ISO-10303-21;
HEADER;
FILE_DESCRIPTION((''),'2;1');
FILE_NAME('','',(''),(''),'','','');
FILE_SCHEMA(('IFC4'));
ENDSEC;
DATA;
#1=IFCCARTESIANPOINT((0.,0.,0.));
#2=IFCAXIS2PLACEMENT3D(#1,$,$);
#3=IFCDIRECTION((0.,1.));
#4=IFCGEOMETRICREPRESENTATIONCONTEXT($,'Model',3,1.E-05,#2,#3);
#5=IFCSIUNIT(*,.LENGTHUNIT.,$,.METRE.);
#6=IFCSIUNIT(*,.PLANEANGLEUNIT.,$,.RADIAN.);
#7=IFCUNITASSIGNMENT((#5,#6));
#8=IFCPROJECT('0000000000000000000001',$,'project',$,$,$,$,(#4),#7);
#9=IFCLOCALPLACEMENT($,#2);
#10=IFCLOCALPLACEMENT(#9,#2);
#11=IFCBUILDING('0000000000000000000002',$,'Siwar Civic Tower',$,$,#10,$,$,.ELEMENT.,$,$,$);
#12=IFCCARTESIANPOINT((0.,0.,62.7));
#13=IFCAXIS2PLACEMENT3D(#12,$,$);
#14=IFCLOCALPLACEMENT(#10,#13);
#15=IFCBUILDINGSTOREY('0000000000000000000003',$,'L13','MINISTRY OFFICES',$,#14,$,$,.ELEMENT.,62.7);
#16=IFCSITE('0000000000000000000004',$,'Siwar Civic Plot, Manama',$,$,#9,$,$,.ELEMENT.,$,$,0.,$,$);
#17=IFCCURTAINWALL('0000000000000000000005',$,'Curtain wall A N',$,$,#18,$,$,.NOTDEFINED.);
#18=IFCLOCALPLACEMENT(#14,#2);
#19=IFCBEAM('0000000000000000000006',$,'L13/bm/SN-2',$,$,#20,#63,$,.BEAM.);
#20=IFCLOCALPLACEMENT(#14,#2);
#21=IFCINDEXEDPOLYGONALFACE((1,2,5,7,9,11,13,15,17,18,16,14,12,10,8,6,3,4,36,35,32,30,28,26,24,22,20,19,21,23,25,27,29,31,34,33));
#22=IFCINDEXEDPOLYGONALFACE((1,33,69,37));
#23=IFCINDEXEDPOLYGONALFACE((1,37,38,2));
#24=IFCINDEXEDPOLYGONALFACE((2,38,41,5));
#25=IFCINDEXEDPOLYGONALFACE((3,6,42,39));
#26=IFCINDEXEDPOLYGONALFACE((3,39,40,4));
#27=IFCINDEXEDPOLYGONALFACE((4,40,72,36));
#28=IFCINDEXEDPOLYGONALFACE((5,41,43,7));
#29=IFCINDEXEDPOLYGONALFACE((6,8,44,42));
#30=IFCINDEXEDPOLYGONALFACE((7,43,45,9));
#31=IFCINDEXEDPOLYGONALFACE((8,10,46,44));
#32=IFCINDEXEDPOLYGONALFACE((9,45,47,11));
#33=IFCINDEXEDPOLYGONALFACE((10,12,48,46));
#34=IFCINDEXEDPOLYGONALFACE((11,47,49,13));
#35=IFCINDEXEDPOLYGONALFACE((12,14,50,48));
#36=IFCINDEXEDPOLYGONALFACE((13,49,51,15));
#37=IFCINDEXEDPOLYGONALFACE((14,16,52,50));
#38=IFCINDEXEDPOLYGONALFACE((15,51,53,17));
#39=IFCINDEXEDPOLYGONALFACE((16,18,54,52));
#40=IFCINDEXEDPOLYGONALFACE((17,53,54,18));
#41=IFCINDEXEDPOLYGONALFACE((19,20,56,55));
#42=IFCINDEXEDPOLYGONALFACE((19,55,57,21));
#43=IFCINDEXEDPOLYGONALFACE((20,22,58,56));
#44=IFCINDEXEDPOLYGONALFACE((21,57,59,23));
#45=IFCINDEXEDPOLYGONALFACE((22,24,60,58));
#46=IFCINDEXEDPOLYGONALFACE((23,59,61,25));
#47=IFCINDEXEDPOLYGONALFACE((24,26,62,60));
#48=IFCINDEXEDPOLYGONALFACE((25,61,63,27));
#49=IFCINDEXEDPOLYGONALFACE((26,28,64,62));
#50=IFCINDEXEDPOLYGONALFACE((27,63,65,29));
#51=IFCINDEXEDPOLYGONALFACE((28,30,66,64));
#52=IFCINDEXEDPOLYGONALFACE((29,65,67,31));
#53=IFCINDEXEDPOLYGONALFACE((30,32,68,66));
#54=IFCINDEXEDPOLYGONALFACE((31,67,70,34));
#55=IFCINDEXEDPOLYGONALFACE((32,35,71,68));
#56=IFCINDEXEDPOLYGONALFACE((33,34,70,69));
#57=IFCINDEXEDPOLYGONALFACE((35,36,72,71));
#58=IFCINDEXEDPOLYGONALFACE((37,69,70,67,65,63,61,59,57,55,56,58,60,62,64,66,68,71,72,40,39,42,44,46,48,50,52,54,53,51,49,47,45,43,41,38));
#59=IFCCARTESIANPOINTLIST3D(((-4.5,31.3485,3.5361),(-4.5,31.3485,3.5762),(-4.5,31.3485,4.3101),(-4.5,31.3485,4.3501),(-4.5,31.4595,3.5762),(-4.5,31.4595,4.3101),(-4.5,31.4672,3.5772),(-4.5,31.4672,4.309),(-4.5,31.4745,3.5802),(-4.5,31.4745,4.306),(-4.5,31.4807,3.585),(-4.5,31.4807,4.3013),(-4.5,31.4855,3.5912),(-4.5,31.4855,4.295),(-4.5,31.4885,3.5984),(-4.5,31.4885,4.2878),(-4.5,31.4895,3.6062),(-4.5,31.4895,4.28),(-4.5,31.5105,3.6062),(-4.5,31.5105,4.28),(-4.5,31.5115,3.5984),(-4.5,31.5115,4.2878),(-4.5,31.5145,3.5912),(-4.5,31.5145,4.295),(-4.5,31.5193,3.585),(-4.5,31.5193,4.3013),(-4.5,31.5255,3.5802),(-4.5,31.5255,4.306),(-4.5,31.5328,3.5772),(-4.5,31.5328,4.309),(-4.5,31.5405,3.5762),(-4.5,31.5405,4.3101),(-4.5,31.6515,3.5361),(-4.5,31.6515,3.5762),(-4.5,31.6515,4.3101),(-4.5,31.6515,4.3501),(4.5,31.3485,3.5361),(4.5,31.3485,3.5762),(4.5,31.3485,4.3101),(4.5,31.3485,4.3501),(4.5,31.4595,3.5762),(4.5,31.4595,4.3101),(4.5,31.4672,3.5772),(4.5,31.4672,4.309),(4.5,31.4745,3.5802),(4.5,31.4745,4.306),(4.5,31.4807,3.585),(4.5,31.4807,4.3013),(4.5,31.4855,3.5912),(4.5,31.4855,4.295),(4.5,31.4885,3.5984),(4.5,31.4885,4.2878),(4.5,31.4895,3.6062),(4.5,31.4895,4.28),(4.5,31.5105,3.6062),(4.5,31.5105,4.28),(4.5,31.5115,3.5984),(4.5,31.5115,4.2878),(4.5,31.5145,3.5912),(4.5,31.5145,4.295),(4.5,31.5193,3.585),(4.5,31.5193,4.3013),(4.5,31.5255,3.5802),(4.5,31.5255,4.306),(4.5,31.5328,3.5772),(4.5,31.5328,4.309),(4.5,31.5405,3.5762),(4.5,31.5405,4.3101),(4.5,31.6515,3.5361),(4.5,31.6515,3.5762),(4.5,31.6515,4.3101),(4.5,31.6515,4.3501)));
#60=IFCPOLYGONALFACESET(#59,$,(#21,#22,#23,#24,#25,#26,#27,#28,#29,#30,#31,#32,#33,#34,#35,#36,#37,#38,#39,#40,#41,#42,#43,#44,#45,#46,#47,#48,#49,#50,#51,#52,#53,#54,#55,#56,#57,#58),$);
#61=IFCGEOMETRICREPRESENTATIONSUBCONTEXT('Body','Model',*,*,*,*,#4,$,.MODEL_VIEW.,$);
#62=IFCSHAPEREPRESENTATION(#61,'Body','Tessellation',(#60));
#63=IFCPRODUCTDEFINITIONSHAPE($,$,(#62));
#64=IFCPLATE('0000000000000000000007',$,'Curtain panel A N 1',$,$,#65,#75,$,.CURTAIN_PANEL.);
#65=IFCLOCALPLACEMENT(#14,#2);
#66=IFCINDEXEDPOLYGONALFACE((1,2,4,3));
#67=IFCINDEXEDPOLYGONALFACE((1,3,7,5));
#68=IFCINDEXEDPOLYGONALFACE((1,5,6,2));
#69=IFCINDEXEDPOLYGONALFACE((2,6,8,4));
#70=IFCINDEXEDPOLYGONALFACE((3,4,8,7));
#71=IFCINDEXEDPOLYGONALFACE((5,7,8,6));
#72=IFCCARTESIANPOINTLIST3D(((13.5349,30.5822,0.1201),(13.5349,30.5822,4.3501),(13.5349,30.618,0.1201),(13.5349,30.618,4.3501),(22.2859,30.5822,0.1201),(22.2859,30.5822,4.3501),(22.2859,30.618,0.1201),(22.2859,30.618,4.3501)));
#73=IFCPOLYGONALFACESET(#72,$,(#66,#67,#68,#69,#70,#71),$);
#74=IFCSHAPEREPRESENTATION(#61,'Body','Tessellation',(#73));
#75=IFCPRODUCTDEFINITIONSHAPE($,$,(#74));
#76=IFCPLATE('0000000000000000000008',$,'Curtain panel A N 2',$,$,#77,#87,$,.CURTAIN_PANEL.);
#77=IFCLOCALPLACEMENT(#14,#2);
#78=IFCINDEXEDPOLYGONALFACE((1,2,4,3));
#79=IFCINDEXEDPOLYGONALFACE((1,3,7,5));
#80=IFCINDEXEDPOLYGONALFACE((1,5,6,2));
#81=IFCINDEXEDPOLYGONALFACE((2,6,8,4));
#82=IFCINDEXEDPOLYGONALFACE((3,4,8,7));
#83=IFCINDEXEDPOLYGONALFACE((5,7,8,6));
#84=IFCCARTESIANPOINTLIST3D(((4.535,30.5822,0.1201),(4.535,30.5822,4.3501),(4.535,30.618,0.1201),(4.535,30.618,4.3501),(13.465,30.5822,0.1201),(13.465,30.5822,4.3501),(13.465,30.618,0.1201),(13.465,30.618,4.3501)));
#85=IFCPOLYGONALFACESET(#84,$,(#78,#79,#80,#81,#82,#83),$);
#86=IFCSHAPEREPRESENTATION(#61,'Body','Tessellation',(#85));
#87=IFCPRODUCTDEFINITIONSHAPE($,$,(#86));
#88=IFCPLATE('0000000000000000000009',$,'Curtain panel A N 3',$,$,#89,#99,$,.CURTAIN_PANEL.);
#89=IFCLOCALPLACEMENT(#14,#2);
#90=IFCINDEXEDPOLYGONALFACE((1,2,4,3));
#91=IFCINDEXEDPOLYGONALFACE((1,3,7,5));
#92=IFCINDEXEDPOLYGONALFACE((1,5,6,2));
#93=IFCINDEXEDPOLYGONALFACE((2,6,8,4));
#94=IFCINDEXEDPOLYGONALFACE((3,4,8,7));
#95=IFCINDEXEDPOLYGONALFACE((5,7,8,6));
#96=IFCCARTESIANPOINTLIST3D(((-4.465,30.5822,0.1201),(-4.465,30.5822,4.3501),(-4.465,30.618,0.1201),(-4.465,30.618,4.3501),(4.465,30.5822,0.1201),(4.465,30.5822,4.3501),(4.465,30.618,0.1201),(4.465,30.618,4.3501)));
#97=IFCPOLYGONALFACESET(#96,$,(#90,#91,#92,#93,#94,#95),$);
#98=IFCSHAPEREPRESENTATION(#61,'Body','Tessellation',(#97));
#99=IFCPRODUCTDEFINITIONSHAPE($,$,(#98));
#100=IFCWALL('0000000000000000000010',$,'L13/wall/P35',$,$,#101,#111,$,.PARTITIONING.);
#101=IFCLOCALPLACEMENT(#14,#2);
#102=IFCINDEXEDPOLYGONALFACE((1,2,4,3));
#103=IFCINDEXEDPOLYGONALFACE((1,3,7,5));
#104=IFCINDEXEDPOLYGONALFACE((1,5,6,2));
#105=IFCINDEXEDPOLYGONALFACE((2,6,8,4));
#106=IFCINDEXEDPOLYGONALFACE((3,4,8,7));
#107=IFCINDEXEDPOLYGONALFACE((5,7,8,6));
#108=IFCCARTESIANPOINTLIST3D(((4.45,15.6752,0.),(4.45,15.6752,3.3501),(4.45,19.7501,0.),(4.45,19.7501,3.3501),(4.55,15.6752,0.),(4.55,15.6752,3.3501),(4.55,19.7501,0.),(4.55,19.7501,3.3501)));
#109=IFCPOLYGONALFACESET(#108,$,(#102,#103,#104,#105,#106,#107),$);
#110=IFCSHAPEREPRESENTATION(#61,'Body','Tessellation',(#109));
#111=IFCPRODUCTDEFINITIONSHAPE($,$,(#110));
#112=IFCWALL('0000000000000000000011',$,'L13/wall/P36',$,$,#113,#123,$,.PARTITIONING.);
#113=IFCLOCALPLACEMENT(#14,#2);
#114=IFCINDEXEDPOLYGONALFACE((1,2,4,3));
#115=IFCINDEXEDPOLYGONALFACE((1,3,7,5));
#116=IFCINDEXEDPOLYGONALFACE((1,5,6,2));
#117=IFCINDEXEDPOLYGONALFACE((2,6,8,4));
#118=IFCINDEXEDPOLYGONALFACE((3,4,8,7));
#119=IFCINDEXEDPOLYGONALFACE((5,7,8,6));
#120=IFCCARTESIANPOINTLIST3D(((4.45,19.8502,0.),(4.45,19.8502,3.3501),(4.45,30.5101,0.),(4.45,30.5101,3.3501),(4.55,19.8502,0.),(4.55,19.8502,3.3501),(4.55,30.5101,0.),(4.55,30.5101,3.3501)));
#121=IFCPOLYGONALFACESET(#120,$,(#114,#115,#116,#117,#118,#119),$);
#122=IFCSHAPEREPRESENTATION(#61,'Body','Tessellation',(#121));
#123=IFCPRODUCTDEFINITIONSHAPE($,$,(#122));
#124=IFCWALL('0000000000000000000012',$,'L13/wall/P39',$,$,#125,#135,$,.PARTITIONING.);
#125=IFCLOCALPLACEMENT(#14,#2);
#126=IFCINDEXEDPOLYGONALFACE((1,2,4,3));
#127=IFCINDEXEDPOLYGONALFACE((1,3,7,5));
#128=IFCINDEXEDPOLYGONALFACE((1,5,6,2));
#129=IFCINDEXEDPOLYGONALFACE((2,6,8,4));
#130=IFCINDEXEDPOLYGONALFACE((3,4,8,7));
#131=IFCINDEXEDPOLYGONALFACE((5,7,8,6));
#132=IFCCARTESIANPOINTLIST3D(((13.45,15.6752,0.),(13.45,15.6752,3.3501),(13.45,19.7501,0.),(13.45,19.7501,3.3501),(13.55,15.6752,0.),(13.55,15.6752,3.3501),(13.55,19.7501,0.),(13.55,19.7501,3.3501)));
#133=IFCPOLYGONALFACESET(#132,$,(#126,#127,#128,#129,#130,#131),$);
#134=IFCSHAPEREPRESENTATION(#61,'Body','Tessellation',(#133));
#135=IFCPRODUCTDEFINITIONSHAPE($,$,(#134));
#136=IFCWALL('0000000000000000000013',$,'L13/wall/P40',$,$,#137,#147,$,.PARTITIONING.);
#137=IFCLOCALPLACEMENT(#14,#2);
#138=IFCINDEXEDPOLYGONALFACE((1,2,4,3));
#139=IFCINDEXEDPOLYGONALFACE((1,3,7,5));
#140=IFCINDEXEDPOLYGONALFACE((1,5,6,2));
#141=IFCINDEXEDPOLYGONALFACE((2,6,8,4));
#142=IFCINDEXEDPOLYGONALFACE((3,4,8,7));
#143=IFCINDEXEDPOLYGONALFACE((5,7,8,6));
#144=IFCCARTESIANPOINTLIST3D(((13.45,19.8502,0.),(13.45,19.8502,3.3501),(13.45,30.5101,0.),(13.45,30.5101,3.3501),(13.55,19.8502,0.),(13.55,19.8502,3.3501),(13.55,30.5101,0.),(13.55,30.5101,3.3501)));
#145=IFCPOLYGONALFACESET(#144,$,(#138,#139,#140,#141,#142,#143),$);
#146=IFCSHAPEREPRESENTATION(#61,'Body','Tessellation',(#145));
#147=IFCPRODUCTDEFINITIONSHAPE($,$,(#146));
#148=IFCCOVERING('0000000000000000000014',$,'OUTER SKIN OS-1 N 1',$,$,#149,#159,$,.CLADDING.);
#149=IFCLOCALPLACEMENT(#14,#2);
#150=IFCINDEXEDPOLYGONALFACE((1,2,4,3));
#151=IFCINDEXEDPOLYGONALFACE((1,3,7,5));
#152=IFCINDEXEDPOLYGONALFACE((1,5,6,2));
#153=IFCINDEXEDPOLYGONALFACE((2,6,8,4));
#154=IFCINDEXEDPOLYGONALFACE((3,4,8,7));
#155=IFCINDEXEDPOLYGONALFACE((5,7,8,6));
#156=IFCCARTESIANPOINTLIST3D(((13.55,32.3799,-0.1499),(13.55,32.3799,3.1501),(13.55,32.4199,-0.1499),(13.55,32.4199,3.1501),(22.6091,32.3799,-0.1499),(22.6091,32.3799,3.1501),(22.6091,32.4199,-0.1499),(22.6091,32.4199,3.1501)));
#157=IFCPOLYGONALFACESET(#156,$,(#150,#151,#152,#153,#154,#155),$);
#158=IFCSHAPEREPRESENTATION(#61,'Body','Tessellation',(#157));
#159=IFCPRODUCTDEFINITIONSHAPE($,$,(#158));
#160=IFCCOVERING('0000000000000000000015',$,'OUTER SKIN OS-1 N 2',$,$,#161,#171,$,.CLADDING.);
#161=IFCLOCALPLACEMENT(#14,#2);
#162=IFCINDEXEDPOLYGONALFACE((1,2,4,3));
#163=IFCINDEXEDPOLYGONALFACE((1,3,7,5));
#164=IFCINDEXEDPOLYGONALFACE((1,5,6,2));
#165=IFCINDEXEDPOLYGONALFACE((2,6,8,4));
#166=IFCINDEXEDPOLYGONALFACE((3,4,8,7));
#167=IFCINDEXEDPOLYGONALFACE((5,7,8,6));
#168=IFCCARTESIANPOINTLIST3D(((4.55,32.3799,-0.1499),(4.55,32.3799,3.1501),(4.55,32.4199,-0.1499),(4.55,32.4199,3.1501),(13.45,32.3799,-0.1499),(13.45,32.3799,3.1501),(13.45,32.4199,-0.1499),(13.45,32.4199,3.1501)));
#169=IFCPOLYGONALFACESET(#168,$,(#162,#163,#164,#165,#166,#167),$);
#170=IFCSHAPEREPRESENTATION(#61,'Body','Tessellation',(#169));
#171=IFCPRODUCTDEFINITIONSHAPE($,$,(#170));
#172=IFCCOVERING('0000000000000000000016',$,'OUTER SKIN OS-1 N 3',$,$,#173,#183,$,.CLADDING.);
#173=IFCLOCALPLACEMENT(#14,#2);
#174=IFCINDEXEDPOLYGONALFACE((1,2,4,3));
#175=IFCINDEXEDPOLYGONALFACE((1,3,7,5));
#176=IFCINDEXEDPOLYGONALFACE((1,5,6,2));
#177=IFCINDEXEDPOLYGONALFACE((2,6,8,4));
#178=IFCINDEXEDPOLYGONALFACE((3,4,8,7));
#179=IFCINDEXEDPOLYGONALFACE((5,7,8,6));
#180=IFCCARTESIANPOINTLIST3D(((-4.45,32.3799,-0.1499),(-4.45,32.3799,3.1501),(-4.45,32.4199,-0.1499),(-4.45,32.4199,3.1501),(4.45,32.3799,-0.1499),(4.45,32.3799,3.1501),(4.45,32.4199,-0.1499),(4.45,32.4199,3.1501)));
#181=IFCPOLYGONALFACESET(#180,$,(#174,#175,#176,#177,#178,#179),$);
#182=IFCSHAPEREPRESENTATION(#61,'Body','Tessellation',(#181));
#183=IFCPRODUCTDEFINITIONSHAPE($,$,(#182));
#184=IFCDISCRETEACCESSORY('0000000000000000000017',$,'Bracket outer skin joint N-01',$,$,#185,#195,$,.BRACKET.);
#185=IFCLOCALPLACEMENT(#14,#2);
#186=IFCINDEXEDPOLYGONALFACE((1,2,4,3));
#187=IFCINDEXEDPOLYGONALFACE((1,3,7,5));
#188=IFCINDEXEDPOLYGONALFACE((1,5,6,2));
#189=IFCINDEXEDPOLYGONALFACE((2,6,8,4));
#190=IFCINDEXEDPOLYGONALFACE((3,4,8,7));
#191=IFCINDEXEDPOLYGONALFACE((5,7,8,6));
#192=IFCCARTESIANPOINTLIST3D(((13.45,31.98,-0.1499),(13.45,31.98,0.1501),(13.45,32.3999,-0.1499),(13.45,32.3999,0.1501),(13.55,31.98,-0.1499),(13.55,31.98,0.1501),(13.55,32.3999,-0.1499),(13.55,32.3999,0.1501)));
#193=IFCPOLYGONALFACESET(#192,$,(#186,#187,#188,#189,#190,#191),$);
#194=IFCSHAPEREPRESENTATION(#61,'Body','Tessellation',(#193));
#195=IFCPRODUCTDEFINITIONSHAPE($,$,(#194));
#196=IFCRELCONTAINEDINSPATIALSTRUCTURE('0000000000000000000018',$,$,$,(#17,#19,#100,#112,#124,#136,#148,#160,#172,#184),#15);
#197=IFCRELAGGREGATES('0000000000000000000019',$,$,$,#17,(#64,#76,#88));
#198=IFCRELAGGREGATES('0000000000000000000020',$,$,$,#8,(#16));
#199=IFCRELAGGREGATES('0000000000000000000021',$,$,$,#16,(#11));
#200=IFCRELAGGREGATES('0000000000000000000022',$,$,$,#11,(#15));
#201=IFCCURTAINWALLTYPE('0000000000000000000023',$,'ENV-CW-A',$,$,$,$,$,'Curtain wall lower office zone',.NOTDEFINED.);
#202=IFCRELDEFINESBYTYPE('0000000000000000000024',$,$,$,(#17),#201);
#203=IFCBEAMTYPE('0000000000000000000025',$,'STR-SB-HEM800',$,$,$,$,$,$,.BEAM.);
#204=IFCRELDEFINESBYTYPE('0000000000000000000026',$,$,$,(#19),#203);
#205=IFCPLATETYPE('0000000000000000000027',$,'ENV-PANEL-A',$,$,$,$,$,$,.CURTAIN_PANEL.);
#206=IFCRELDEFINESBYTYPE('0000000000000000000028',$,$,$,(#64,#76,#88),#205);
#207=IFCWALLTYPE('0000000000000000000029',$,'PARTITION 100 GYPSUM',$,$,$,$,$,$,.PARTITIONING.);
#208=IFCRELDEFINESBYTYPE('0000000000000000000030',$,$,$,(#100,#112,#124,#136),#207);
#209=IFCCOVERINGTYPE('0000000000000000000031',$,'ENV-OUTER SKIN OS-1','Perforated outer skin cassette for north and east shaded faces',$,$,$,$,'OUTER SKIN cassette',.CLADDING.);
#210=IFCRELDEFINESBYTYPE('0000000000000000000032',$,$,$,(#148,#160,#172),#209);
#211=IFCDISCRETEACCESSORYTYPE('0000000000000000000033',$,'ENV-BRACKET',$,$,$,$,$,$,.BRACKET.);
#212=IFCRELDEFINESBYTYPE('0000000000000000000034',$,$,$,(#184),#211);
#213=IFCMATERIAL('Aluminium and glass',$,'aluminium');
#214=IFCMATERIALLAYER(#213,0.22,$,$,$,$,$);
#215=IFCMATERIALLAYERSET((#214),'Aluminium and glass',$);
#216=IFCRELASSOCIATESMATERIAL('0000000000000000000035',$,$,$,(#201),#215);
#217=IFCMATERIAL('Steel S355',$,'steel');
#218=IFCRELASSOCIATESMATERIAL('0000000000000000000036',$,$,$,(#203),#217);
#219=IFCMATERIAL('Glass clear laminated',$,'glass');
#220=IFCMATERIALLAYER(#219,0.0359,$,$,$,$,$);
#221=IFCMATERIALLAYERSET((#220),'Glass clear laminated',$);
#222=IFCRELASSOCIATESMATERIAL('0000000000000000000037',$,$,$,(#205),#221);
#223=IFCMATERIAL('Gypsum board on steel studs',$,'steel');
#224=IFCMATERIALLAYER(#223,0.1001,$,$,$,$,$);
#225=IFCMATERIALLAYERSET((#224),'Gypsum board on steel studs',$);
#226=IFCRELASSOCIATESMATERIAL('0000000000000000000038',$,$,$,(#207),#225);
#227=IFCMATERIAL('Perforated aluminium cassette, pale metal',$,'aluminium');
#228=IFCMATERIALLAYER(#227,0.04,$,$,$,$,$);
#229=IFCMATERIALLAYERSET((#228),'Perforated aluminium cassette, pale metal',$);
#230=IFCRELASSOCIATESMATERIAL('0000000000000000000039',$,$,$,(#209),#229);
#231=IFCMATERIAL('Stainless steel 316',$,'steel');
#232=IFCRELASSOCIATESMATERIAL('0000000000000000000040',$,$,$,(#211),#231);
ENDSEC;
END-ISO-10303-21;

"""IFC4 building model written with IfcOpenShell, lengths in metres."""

from ifc_helpers import new_model, si_unit, direction, frame, frame_2d, origin, origin_2d, place, context, subcontext, project, spatial, rectangle, i_section, extrude, material, layer, layer_set, material_profile, profile_set, type_object, element, aggregate, save


model = new_model("IFC4")

# Units and contexts
model_context = context("Model", 3, precision=1e-05, world=origin(), true_north=direction((0.0, 1.0)))
body_context = subcontext(model_context, "Body", "Model", "MODEL_VIEW")
ifc_project = project(units=[si_unit("LENGTHUNIT", "METRE"), si_unit("PLANEANGLEUNIT", "RADIAN")], contexts=[model_context])

# Site, building, storey
site_placement = place(None, origin())
site = spatial("IfcSite", under=ifc_project, at=site_placement, Name="Siwar Civic Plot, Manama", CompositionType="ELEMENT", RefElevation=0.0)
building_placement = place(site_placement, origin())
building = spatial("IfcBuilding", under=site, at=building_placement, Name="Siwar Civic Tower", CompositionType="ELEMENT")
storey_placement = place(building_placement, frame((0.0, 0.0, 62.7)))
storey = spatial("IfcBuildingStorey", under=building, at=storey_placement, Name="L13", Description="MINISTRY OFFICES", CompositionType="ELEMENT", Elevation=62.7)

# Curtain wall
ifc_material_1 = material(Name="Aluminium and glass", Category="aluminium")
ifc_layer_1 = layer(ifc_material_1, 0.22)
ifc_layer_set_1 = layer_set([ifc_layer_1], Name="Aluminium and glass")
curtain_wall_type = type_object("IfcCurtainWallType", Name="ENV-CW-A", ElementType="Curtain wall lower office zone", PredefinedType="NOTDEFINED", material=ifc_layer_set_1)
curtain_wall_placement = place(storey_placement, origin())
curtain_wall = element("IfcCurtainWall", 1, at=curtain_wall_placement, inside=storey, type_object=curtain_wall_type, Name="Curtain wall A N", PredefinedType="NOTDEFINED")

# Beam
ifc_material_2 = material(Name="Steel S355", Category="steel")
ifc_material_profile_1 = material_profile(ifc_material_2, i_section(OverallWidth=0.303, OverallDepth=0.814, WebThickness=0.021, FlangeThickness=0.04, FilletRadius=0.03, at=origin_2d()), Name="HEM800")
ifc_profile_set_1 = profile_set([ifc_material_profile_1], Name="Steel S355")
beam_type_1 = type_object("IfcBeamType", Name="STR-SB-HEM800", PredefinedType="BEAM", material=ifc_profile_set_1)
for number, where, z_axis, x_axis, name in (
    (2, (4.5, 31.5, 3.9431), (-1.0, 0.0, 0.0), (0.0, -1.0, 0.0), "L13/bm/SN-2"),
):
    element("IfcBeam", number, at=place(storey_placement, frame(where, z_axis=z_axis, x_axis=x_axis)), inside=storey, type_object=beam_type_1, Name=name, PredefinedType="BEAM", context=body_context, shape_type="SweptSolid", body=[
        extrude(i_section(OverallWidth=0.303, OverallDepth=0.814, WebThickness=0.021, FlangeThickness=0.04, FilletRadius=0.03, at=origin_2d()), origin(), (0.0, 0.0, 1.0), 9.0),
    ])

# Plates
ifc_material_3 = material(Name="Glass clear laminated", Category="glass")
ifc_layer_2 = layer(ifc_material_3, 0.0359)
ifc_layer_set_2 = layer_set([ifc_layer_2], Name="Glass clear laminated")
plate_type = type_object("IfcPlateType", Name="ENV-PANEL-A", PredefinedType="CURTAIN_PANEL", material=ifc_layer_set_2)
plate_1_placement = place(storey_placement, frame((17.9104, 30.6001, 0.1201), z_axis=(0.0, 0.0, 1.0), x_axis=(-1.0, 0.0, 0.0)))
plate_1 = element("IfcPlate", 3, at=plate_1_placement, type_object=plate_type, Name="Curtain panel A N 1", PredefinedType="CURTAIN_PANEL", context=body_context, shape_type="SweptSolid", body=[
    extrude(rectangle(XDim=8.751, YDim=0.0359, at=origin_2d()), origin(), (0.0, 0.0, 1.0), 4.23),
])
plate_2_placement = place(storey_placement, frame((9.0, 30.6001, 0.1201), z_axis=(0.0, 0.0, 1.0), x_axis=(-1.0, 0.0, 0.0)))
plate_2 = element("IfcPlate", 4, at=plate_2_placement, type_object=plate_type, Name="Curtain panel A N 2", PredefinedType="CURTAIN_PANEL", context=body_context, shape_type="SweptSolid", body=[
    extrude(rectangle(XDim=8.9299, YDim=0.0359, at=origin_2d()), origin(), (0.0, 0.0, 1.0), 4.23),
])
plate_3_placement = place(storey_placement, frame((0.0, 30.6001, 0.1201), z_axis=(0.0, 0.0, 1.0), x_axis=(-1.0, 0.0, 0.0)))
plate_3 = element("IfcPlate", 5, at=plate_3_placement, type_object=plate_type, Name="Curtain panel A N 3", PredefinedType="CURTAIN_PANEL", context=body_context, shape_type="SweptSolid", body=[
    extrude(rectangle(XDim=8.9299, YDim=0.0359, at=origin_2d()), origin(), (0.0, 0.0, 1.0), 4.23),
])
aggregate(curtain_wall, [plate_1, plate_2, plate_3])

# Walls
ifc_material_4 = material(Name="Gypsum board on steel studs", Category="steel")
ifc_layer_3 = layer(ifc_material_4, 0.1001)
ifc_layer_set_3 = layer_set([ifc_layer_3], Name="Gypsum board on steel studs")
wall_type = type_object("IfcWallType", Name="PARTITION 100 GYPSUM", PredefinedType="PARTITIONING", material=ifc_layer_set_3)
wall_1_placement = place(storey_placement, frame((4.5, 15.675, 0.0), z_axis=(0.0, 0.0, 1.0), x_axis=(0.0, 1.0, 0.0)))
element("IfcWall", 6, at=wall_1_placement, inside=storey, type_object=wall_type, Name="L13/wall/P35", PredefinedType="PARTITIONING", context=body_context, shape_type="SweptSolid", body=[
    extrude(rectangle(XDim=4.075, YDim=0.1001, at=frame_2d((2.0376, 0.0))), origin(), (0.0, 0.0, 1.0), 3.3501),
])
wall_2_placement = place(storey_placement, frame((4.5, 19.8501, 0.0), z_axis=(0.0, 0.0, 1.0), x_axis=(0.0, 1.0, 0.0)))
element("IfcWall", 7, at=wall_2_placement, inside=storey, type_object=wall_type, Name="L13/wall/P36", PredefinedType="PARTITIONING", context=body_context, shape_type="SweptSolid", body=[
    extrude(rectangle(XDim=10.6599, YDim=0.1001, at=frame_2d((5.3301, 0.0))), origin(), (0.0, 0.0, 1.0), 3.3501),
])
wall_3_placement = place(storey_placement, frame((13.5, 15.675, 0.0), z_axis=(0.0, 0.0, 1.0), x_axis=(0.0, 1.0, 0.0)))
element("IfcWall", 8, at=wall_3_placement, inside=storey, type_object=wall_type, Name="L13/wall/P39", PredefinedType="PARTITIONING", context=body_context, shape_type="SweptSolid", body=[
    extrude(rectangle(XDim=4.075, YDim=0.1001, at=frame_2d((2.0376, 0.0))), origin(), (0.0, 0.0, 1.0), 3.3501),
])
wall_4_placement = place(storey_placement, frame((13.5, 19.8501, 0.0), z_axis=(0.0, 0.0, 1.0), x_axis=(0.0, 1.0, 0.0)))
element("IfcWall", 9, at=wall_4_placement, inside=storey, type_object=wall_type, Name="L13/wall/P40", PredefinedType="PARTITIONING", context=body_context, shape_type="SweptSolid", body=[
    extrude(rectangle(XDim=10.6599, YDim=0.1001, at=frame_2d((5.3301, 0.0))), origin(), (0.0, 0.0, 1.0), 3.3501),
])

# Coverings
ifc_material_5 = material(Name="Perforated aluminium cassette, pale metal", Category="aluminium")
ifc_layer_4 = layer(ifc_material_5, 0.04)
ifc_layer_set_4 = layer_set([ifc_layer_4], Name="Perforated aluminium cassette, pale metal")
covering_type = type_object("IfcCoveringType", Name="ENV-OUTER SKIN OS-1", Description="Perforated outer skin cassette for north and east shaded faces", ElementType="OUTER SKIN cassette", PredefinedType="CLADDING", material=ifc_layer_set_4)
covering_placement = place(storey_placement, frame((18.0796, 32.3999, -0.1499), z_axis=(0.0, 0.0, 1.0), x_axis=(-1.0, 0.0, 0.0)))
element("IfcCovering", 10, at=covering_placement, inside=storey, type_object=covering_type, Name="OUTER SKIN OS-1 N 1", PredefinedType="CLADDING", context=body_context, shape_type="SweptSolid", body=[
    extrude(rectangle(XDim=9.0591, YDim=0.04, at=origin_2d()), origin(), (0.0, 0.0, 1.0), 3.3),
])
for number, where, z_axis, x_axis, name in (
    (11, (9.0, 32.3999, -0.1499), (0.0, 0.0, 1.0), (-1.0, 0.0, 0.0), "OUTER SKIN OS-1 N 2"),
    (12, (0.0, 32.3999, -0.1499), (0.0, 0.0, 1.0), (-1.0, 0.0, 0.0), "OUTER SKIN OS-1 N 3"),
):
    element("IfcCovering", number, at=place(storey_placement, frame(where, z_axis=z_axis, x_axis=x_axis)), inside=storey, type_object=covering_type, Name=name, PredefinedType="CLADDING", context=body_context, shape_type="SweptSolid", body=[
        extrude(rectangle(XDim=8.8999, YDim=0.04, at=origin_2d()), origin(), (0.0, 0.0, 1.0), 3.3),
    ])

# Discrete accessory
ifc_material_6 = material(Name="Stainless steel 316", Category="steel")
discrete_accessory_type = type_object("IfcDiscreteAccessoryType", Name="ENV-BRACKET", PredefinedType="BRACKET", material=ifc_material_6)
for number, where, z_axis, x_axis, name in (
    (13, (13.5, 32.1899, -0.1499), (0.0, 0.0, 1.0), (0.0, 1.0, 0.0), "Bracket outer skin joint N-01"),
):
    element("IfcDiscreteAccessory", number, at=place(storey_placement, frame(where, z_axis=z_axis, x_axis=x_axis)), inside=storey, type_object=discrete_accessory_type, Name=name, PredefinedType="BRACKET", context=body_context, shape_type="SweptSolid", body=[
        extrude(rectangle(XDim=0.4199, YDim=0.1001, at=origin_2d()), origin(), (0.0, 0.0, 1.0), 0.3),
    ])

save(model, "model.ifc")
